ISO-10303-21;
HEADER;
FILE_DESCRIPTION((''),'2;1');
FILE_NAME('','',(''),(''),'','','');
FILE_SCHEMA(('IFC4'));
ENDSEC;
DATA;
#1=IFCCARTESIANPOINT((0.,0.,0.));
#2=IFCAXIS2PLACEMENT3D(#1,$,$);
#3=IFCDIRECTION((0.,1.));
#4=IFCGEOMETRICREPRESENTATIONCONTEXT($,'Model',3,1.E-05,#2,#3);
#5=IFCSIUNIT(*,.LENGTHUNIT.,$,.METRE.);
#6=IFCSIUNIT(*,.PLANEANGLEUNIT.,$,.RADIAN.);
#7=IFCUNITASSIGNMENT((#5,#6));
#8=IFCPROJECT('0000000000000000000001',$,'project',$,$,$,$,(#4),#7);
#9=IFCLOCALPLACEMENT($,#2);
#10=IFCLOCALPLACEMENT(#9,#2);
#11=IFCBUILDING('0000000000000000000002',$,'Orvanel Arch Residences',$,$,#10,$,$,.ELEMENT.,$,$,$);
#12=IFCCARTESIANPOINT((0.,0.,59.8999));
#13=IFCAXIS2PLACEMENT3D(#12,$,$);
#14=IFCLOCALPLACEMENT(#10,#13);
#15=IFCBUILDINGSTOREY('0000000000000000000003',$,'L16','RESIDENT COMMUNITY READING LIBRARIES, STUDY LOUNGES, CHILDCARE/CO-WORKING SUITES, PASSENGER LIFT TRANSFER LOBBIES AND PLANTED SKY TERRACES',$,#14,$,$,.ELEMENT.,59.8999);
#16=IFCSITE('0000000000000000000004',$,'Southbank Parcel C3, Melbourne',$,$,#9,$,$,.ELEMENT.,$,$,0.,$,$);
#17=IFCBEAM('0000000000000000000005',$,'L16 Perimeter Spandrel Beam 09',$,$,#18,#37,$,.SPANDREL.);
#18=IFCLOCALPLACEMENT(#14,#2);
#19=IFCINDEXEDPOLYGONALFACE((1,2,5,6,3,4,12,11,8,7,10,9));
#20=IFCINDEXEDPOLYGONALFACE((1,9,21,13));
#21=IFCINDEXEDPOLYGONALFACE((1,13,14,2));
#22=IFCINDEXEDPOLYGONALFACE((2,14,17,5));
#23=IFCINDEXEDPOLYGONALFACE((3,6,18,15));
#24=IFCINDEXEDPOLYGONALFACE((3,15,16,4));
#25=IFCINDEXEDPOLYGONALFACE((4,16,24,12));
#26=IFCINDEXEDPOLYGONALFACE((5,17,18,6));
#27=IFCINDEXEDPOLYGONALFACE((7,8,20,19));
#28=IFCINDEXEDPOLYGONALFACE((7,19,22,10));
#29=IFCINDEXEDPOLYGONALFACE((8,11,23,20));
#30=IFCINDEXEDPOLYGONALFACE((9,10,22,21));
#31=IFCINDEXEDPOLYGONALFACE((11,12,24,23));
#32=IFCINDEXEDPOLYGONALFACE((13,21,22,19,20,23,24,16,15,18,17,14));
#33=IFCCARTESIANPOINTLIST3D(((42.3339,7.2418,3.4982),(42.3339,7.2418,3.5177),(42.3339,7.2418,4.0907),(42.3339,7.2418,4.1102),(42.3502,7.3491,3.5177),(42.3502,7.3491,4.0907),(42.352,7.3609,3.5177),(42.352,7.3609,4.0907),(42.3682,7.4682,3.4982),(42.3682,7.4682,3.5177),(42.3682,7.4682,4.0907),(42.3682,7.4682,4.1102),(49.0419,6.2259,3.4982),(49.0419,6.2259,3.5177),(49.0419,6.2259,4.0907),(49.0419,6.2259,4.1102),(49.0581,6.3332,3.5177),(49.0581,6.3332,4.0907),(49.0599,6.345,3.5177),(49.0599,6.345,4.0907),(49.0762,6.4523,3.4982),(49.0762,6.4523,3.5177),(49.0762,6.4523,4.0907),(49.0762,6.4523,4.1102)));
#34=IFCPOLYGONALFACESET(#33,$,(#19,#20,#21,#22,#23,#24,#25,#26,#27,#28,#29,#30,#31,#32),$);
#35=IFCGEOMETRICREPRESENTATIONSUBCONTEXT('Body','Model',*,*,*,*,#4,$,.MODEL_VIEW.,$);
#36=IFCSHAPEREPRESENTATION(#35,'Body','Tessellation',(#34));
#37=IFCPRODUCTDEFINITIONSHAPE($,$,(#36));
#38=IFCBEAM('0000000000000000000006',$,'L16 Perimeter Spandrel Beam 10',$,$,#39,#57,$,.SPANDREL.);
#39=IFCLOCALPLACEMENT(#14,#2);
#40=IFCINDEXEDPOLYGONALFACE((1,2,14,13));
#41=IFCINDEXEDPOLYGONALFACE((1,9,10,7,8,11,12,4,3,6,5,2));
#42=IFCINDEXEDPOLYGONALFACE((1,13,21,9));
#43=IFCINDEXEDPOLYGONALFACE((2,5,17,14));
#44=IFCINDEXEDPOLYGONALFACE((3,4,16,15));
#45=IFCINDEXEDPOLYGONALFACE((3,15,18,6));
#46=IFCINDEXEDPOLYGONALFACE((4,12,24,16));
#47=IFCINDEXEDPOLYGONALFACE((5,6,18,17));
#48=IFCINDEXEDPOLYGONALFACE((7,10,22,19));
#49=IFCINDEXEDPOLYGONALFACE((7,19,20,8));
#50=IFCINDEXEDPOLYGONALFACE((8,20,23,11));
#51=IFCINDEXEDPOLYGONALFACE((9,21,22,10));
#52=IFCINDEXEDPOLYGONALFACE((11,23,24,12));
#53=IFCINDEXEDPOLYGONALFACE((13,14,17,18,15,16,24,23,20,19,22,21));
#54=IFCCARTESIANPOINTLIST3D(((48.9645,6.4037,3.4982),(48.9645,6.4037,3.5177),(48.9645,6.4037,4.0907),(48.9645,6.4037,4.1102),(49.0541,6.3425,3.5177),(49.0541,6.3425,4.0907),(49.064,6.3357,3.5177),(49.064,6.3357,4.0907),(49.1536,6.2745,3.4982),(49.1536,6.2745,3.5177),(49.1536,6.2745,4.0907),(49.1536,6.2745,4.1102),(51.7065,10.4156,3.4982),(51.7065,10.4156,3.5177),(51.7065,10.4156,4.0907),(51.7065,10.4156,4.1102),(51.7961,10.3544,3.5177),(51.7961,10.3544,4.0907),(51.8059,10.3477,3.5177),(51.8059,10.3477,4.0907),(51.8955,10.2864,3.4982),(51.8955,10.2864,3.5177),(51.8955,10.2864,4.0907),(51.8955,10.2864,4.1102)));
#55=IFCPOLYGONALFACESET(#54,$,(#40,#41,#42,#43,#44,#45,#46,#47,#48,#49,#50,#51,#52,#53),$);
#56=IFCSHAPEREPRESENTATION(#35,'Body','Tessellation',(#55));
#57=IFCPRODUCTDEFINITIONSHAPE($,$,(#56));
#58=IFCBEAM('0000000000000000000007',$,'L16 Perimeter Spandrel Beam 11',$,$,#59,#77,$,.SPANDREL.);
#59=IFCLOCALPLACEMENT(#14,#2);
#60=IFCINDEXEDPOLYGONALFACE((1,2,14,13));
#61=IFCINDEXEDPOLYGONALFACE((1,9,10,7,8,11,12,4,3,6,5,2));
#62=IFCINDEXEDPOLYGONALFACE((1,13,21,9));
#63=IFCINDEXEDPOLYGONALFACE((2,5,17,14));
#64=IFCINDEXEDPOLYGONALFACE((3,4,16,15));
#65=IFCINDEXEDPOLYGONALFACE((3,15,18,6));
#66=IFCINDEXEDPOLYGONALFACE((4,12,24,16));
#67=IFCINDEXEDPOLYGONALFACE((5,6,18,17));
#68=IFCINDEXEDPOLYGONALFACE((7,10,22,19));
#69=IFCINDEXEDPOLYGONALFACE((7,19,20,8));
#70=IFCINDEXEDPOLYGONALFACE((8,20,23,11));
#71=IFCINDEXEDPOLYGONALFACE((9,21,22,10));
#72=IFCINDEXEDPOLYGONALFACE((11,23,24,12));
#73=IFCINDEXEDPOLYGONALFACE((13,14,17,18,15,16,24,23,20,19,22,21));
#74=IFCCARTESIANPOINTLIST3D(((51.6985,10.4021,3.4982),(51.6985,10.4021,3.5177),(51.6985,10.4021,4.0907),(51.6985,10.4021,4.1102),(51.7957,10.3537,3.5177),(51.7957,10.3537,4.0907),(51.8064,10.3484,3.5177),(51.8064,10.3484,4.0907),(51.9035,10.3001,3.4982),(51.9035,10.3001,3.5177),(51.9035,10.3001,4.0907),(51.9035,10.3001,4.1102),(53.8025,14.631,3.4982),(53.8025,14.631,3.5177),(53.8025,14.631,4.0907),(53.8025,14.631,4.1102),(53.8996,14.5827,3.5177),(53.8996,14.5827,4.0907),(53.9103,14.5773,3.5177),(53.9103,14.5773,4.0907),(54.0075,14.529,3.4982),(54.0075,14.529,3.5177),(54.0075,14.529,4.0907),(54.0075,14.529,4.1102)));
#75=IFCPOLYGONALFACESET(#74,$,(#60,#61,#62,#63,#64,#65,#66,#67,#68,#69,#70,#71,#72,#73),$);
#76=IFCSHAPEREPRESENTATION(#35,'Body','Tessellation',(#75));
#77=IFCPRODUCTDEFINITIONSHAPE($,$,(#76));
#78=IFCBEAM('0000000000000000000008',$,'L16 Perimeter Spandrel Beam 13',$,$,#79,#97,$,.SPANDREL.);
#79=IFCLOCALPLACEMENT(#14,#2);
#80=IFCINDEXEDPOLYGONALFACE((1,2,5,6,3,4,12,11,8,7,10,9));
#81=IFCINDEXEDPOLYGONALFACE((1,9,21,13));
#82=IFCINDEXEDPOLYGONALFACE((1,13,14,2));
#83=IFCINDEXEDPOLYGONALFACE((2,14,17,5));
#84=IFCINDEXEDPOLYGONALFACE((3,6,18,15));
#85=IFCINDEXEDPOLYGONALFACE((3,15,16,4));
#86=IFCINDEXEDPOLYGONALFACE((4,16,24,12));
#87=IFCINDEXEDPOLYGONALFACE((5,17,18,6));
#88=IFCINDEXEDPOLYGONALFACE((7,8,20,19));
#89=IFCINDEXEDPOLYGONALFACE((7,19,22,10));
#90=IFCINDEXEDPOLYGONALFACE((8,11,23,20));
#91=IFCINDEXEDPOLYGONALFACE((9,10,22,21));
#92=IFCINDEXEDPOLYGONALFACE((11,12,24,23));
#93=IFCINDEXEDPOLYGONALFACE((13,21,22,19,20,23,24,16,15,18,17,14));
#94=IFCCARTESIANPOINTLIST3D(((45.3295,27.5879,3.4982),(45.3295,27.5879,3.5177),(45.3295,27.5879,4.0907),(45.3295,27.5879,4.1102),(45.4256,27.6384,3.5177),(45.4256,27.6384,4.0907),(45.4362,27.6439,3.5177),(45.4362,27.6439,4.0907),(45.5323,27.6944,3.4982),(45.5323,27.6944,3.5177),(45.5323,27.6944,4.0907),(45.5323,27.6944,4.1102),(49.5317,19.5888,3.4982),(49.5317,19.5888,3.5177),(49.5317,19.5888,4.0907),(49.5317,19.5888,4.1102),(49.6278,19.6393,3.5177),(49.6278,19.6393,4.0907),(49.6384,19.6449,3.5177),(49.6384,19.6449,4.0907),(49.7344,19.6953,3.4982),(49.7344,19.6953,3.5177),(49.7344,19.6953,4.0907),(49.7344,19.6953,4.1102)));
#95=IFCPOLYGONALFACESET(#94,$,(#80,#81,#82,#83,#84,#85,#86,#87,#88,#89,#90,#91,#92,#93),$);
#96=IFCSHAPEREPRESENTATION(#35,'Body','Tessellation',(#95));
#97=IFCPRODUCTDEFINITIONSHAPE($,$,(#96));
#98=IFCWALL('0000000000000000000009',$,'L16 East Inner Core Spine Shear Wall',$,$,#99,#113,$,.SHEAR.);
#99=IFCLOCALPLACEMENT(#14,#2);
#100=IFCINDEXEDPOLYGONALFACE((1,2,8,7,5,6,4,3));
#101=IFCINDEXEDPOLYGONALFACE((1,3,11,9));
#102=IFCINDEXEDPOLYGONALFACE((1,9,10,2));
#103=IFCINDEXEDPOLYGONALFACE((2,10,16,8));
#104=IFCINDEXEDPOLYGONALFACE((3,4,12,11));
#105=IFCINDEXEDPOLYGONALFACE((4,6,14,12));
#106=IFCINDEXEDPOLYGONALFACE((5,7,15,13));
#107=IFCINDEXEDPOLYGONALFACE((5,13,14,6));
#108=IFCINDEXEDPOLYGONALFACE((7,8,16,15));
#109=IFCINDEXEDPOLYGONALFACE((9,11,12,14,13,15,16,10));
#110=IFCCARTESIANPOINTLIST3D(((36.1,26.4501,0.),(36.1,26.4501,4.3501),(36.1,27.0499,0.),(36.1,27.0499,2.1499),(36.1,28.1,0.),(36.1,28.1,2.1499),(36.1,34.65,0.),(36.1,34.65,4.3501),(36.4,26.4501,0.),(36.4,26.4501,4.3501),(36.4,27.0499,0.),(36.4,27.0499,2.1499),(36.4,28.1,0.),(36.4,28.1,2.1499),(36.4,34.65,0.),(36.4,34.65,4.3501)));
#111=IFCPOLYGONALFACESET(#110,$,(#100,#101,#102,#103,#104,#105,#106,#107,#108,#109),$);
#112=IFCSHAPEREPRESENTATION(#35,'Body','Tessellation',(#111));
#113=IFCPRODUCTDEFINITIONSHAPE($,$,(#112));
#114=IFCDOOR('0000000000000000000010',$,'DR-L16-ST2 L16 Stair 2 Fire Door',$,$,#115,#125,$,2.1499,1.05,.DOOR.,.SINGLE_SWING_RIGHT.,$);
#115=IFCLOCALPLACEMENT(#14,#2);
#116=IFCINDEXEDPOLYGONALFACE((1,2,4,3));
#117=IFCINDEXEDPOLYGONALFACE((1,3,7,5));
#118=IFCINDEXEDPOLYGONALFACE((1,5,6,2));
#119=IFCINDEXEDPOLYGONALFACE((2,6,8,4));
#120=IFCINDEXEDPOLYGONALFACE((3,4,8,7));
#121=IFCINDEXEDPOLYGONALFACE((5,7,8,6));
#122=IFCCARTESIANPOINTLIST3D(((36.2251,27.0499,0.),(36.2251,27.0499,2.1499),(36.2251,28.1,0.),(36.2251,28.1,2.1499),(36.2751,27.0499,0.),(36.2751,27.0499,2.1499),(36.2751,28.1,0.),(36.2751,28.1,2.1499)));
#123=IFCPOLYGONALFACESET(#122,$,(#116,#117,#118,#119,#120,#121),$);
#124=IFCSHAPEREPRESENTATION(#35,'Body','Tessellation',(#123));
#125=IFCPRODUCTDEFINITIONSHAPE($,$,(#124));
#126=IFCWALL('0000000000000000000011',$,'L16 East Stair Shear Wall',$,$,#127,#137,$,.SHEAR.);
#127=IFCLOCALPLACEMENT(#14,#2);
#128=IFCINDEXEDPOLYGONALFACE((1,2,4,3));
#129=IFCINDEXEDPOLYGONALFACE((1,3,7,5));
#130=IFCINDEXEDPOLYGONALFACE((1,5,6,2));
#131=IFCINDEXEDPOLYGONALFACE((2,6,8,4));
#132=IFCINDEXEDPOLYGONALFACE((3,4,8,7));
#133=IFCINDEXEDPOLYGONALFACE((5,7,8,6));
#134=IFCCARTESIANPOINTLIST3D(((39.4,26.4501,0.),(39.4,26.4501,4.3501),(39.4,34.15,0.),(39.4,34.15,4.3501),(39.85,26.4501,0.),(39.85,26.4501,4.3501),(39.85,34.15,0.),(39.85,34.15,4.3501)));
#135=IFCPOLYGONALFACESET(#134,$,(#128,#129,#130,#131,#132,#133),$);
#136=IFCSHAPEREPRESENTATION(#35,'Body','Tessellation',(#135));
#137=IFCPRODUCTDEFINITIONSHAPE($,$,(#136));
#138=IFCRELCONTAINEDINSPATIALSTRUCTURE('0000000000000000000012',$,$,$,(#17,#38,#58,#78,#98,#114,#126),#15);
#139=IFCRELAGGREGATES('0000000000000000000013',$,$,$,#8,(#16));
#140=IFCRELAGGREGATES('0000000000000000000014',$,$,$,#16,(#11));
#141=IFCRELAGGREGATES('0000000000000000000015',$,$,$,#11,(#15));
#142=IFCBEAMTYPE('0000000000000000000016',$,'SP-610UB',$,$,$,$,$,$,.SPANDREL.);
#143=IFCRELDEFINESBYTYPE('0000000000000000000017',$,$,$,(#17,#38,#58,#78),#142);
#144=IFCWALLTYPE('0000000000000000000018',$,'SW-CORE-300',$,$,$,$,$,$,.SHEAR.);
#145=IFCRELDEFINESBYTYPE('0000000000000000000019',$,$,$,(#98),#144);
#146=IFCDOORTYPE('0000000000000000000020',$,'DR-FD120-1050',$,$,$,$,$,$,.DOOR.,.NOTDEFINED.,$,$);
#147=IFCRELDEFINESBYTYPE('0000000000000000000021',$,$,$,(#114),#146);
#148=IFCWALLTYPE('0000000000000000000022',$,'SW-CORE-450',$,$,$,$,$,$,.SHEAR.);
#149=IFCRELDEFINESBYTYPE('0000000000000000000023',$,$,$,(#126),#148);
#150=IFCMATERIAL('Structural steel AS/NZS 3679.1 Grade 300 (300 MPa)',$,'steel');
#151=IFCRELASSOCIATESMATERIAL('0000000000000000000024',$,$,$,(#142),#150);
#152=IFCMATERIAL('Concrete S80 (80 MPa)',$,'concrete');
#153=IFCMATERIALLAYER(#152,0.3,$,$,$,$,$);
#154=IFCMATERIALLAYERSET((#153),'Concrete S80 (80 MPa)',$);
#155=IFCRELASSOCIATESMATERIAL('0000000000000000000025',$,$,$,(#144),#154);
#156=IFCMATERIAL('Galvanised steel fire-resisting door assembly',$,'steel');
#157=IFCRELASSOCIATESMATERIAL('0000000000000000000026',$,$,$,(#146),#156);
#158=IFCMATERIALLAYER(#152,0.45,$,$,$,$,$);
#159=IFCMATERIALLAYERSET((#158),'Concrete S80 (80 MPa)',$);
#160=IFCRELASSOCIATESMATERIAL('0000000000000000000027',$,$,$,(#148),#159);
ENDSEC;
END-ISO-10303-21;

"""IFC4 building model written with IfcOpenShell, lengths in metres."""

from ifc_helpers import new_model, si_unit, direction, frame, frame_2d, origin, origin_2d, place, context, subcontext, project, spatial, rectangle, i_section, extrude, material, layer, layer_set, material_profile, profile_set, type_object, element, fill, save


model = new_model("IFC4")

# Units and contexts
model_context = context("Model", 3, precision=1e-05, world=origin(), true_north=direction((0.0, 1.0)))
body_context = subcontext(model_context, "Body", "Model", "MODEL_VIEW")
ifc_project = project(units=[si_unit("LENGTHUNIT", "METRE"), si_unit("PLANEANGLEUNIT", "RADIAN")], contexts=[model_context])

# Site, building, storey
site_placement = place(None, origin())
site = spatial("IfcSite", under=ifc_project, at=site_placement, Name="Southbank Parcel C3, Melbourne", CompositionType="ELEMENT", RefElevation=0.0)
building_placement = place(site_placement, origin())
building = spatial("IfcBuilding", under=site, at=building_placement, Name="Orvanel Arch Residences", CompositionType="ELEMENT")
storey_placement = place(building_placement, frame((0.0, 0.0, 59.8999)))
storey = spatial("IfcBuildingStorey", under=building, at=storey_placement, Name="L16", Description="RESIDENT COMMUNITY READING LIBRARIES, STUDY LOUNGES, CHILDCARE/CO-WORKING SUITES, PASSENGER LIFT TRANSFER LOBBIES AND PLANTED SKY TERRACES", CompositionType="ELEMENT", Elevation=59.8999)

# Beams
ifc_material_1 = material(Name="Structural steel AS/NZS 3679.1 Grade 300 (300 MPa)", Category="steel")
ifc_material_profile_1 = material_profile(ifc_material_1, i_section(OverallWidth=0.229, OverallDepth=0.6121, WebThickness=0.012, FlangeThickness=0.0195, at=origin_2d()), Name="610UB125")
ifc_profile_set_1 = profile_set([ifc_material_profile_1], Name="Structural steel AS/NZS 3679.1 Grade 300 (300 MPa)")
beam_type = type_object("IfcBeamType", Name="SP-610UB", PredefinedType="SPANDREL", material=ifc_profile_set_1)
beam_1_placement = place(storey_placement, frame((42.3511, 7.355, 3.8042), z_axis=(0.988726, -0.149734, 0.0), x_axis=(0.149734, 0.988726, 0.0)))
element("IfcBeam", 1, at=beam_1_placement, inside=storey, type_object=beam_type, Name="L16 Perimeter Spandrel Beam 09", PredefinedType="SPANDREL", context=body_context, shape_type="SweptSolid", body=[
    extrude(i_section(OverallWidth=0.229, OverallDepth=0.6121, WebThickness=0.012, FlangeThickness=0.0195, at=origin_2d()), origin(), (0.0, 0.0, 1.0), 6.7844),
])
beam_2_placement = place(storey_placement, frame((49.0591, 6.3391, 3.8042), z_axis=(0.564252, 0.825603, 0.0), x_axis=(-0.825603, 0.564252, 0.0)))
element("IfcBeam", 2, at=beam_2_placement, inside=storey, type_object=beam_type, Name="L16 Perimeter Spandrel Beam 10", PredefinedType="SPANDREL", context=body_context, shape_type="SweptSolid", body=[
    extrude(i_section(OverallWidth=0.229, OverallDepth=0.6121, WebThickness=0.012, FlangeThickness=0.0195, at=origin_2d()), origin(), (0.0, 0.0, 1.0), 4.8594),
])
beam_3_placement = place(storey_placement, frame((51.801, 10.3511, 3.8042), z_axis=(0.445435, 0.895314, 0.0), x_axis=(-0.895314, 0.445435, 0.0)))
element("IfcBeam", 3, at=beam_3_placement, inside=storey, type_object=beam_type, Name="L16 Perimeter Spandrel Beam 11", PredefinedType="SPANDREL", context=body_context, shape_type="SweptSolid", body=[
    extrude(i_section(OverallWidth=0.229, OverallDepth=0.6121, WebThickness=0.012, FlangeThickness=0.0195, at=origin_2d()), origin(), (0.0, 0.0, 1.0), 4.7234),
])
beam_4_placement = place(storey_placement, frame((49.6331, 19.6421, 3.8042), z_axis=(-0.465065, 0.885277, 0.0), x_axis=(-0.885277, -0.465065, 0.0)))
element("IfcBeam", 4, at=beam_4_placement, inside=storey, type_object=beam_type, Name="L16 Perimeter Spandrel Beam 13", PredefinedType="SPANDREL", context=body_context, shape_type="SweptSolid", body=[
    extrude(i_section(OverallWidth=0.229, OverallDepth=0.6121, WebThickness=0.012, FlangeThickness=0.0195, at=origin_2d()), origin(), (0.0, 0.0, 1.0), 9.0356),
])

# Wall, opening, door
ifc_material_2 = material(Name="Concrete S80 (80 MPa)", Category="concrete")
ifc_layer_1 = layer(ifc_material_2, 0.3)
ifc_layer_set_1 = layer_set([ifc_layer_1], Name="Concrete S80 (80 MPa)")
wall_type_1 = type_object("IfcWallType", Name="SW-CORE-300", PredefinedType="SHEAR", material=ifc_layer_set_1)
wall_1_placement = place(storey_placement, frame((36.25, 26.45, 0.0), z_axis=(0.0, 0.0, 1.0), x_axis=(0.0, 1.0, 0.0)))
wall_1 = element("IfcWall", 5, at=wall_1_placement, inside=storey, type_object=wall_type_1, Name="L16 East Inner Core Spine Shear Wall", PredefinedType="SHEAR", context=body_context, shape_type="SweptSolid", body=[
    extrude(rectangle(XDim=8.2, YDim=0.3, at=frame_2d((4.1001, 0.0))), origin(), (0.0, 0.0, 1.0), 4.3501),
])
opening_1_placement = place(wall_1_placement, frame((0.6001, 0.0, 0.0)))
opening_1 = element("IfcOpeningElement", 6, at=opening_1_placement, cuts=wall_1, PredefinedType="OPENING", context=body_context, shape_type="SweptSolid", body=[
    extrude(rectangle(XDim=1.05, YDim=2.1499, at=frame_2d((0.5249, 1.075))), frame((0.0, 0.1599, 0.0), z_axis=(0.0, -1.0, 0.0), x_axis=(1.0, 0.0, 0.0)), (0.0, 0.0, 1.0), 0.3201),
])
ifc_material_3 = material(Name="Galvanised steel fire-resisting door assembly", Category="steel")
door_type_1 = type_object("IfcDoorType", Name="DR-FD120-1050", OperationType="NOTDEFINED", PredefinedType="DOOR", material=ifc_material_3)
door_1_placement = place(opening_1_placement, origin())
door_1 = element("IfcDoor", 7, at=door_1_placement, inside=storey, type_object=door_type_1, Name="DR-L16-ST2 L16 Stair 2 Fire Door", OperationType="SINGLE_SWING_RIGHT", OverallHeight=2.1499, OverallWidth=1.05, PredefinedType="DOOR", context=body_context, shape_type="SweptSolid", body=[
    extrude(rectangle(XDim=1.05, YDim=2.1499, at=frame_2d((0.5249, 1.075))), frame((0.0, 0.0249, 0.0), z_axis=(0.0, -1.0, 0.0), x_axis=(1.0, 0.0, 0.0)), (0.0, 0.0, 1.0), 0.05),
])
fill(opening_1, door_1)

# Wall
ifc_layer_2 = layer(ifc_material_2, 0.45)
ifc_layer_set_2 = layer_set([ifc_layer_2], Name="Concrete S80 (80 MPa)")
wall_type_2 = type_object("IfcWallType", Name="SW-CORE-450", PredefinedType="SHEAR", material=ifc_layer_set_2)
wall_2_placement = place(storey_placement, frame((39.625, 26.45, 0.0), z_axis=(0.0, 0.0, 1.0), x_axis=(0.0, 1.0, 0.0)))
element("IfcWall", 8, at=wall_2_placement, inside=storey, type_object=wall_type_2, Name="L16 East Stair Shear Wall", PredefinedType="SHEAR", context=body_context, shape_type="SweptSolid", body=[
    extrude(rectangle(XDim=7.7, YDim=0.45, at=frame_2d((3.8501, 0.0))), origin(), (0.0, 0.0, 1.0), 4.3501),
])

save(model, "model.ifc")
